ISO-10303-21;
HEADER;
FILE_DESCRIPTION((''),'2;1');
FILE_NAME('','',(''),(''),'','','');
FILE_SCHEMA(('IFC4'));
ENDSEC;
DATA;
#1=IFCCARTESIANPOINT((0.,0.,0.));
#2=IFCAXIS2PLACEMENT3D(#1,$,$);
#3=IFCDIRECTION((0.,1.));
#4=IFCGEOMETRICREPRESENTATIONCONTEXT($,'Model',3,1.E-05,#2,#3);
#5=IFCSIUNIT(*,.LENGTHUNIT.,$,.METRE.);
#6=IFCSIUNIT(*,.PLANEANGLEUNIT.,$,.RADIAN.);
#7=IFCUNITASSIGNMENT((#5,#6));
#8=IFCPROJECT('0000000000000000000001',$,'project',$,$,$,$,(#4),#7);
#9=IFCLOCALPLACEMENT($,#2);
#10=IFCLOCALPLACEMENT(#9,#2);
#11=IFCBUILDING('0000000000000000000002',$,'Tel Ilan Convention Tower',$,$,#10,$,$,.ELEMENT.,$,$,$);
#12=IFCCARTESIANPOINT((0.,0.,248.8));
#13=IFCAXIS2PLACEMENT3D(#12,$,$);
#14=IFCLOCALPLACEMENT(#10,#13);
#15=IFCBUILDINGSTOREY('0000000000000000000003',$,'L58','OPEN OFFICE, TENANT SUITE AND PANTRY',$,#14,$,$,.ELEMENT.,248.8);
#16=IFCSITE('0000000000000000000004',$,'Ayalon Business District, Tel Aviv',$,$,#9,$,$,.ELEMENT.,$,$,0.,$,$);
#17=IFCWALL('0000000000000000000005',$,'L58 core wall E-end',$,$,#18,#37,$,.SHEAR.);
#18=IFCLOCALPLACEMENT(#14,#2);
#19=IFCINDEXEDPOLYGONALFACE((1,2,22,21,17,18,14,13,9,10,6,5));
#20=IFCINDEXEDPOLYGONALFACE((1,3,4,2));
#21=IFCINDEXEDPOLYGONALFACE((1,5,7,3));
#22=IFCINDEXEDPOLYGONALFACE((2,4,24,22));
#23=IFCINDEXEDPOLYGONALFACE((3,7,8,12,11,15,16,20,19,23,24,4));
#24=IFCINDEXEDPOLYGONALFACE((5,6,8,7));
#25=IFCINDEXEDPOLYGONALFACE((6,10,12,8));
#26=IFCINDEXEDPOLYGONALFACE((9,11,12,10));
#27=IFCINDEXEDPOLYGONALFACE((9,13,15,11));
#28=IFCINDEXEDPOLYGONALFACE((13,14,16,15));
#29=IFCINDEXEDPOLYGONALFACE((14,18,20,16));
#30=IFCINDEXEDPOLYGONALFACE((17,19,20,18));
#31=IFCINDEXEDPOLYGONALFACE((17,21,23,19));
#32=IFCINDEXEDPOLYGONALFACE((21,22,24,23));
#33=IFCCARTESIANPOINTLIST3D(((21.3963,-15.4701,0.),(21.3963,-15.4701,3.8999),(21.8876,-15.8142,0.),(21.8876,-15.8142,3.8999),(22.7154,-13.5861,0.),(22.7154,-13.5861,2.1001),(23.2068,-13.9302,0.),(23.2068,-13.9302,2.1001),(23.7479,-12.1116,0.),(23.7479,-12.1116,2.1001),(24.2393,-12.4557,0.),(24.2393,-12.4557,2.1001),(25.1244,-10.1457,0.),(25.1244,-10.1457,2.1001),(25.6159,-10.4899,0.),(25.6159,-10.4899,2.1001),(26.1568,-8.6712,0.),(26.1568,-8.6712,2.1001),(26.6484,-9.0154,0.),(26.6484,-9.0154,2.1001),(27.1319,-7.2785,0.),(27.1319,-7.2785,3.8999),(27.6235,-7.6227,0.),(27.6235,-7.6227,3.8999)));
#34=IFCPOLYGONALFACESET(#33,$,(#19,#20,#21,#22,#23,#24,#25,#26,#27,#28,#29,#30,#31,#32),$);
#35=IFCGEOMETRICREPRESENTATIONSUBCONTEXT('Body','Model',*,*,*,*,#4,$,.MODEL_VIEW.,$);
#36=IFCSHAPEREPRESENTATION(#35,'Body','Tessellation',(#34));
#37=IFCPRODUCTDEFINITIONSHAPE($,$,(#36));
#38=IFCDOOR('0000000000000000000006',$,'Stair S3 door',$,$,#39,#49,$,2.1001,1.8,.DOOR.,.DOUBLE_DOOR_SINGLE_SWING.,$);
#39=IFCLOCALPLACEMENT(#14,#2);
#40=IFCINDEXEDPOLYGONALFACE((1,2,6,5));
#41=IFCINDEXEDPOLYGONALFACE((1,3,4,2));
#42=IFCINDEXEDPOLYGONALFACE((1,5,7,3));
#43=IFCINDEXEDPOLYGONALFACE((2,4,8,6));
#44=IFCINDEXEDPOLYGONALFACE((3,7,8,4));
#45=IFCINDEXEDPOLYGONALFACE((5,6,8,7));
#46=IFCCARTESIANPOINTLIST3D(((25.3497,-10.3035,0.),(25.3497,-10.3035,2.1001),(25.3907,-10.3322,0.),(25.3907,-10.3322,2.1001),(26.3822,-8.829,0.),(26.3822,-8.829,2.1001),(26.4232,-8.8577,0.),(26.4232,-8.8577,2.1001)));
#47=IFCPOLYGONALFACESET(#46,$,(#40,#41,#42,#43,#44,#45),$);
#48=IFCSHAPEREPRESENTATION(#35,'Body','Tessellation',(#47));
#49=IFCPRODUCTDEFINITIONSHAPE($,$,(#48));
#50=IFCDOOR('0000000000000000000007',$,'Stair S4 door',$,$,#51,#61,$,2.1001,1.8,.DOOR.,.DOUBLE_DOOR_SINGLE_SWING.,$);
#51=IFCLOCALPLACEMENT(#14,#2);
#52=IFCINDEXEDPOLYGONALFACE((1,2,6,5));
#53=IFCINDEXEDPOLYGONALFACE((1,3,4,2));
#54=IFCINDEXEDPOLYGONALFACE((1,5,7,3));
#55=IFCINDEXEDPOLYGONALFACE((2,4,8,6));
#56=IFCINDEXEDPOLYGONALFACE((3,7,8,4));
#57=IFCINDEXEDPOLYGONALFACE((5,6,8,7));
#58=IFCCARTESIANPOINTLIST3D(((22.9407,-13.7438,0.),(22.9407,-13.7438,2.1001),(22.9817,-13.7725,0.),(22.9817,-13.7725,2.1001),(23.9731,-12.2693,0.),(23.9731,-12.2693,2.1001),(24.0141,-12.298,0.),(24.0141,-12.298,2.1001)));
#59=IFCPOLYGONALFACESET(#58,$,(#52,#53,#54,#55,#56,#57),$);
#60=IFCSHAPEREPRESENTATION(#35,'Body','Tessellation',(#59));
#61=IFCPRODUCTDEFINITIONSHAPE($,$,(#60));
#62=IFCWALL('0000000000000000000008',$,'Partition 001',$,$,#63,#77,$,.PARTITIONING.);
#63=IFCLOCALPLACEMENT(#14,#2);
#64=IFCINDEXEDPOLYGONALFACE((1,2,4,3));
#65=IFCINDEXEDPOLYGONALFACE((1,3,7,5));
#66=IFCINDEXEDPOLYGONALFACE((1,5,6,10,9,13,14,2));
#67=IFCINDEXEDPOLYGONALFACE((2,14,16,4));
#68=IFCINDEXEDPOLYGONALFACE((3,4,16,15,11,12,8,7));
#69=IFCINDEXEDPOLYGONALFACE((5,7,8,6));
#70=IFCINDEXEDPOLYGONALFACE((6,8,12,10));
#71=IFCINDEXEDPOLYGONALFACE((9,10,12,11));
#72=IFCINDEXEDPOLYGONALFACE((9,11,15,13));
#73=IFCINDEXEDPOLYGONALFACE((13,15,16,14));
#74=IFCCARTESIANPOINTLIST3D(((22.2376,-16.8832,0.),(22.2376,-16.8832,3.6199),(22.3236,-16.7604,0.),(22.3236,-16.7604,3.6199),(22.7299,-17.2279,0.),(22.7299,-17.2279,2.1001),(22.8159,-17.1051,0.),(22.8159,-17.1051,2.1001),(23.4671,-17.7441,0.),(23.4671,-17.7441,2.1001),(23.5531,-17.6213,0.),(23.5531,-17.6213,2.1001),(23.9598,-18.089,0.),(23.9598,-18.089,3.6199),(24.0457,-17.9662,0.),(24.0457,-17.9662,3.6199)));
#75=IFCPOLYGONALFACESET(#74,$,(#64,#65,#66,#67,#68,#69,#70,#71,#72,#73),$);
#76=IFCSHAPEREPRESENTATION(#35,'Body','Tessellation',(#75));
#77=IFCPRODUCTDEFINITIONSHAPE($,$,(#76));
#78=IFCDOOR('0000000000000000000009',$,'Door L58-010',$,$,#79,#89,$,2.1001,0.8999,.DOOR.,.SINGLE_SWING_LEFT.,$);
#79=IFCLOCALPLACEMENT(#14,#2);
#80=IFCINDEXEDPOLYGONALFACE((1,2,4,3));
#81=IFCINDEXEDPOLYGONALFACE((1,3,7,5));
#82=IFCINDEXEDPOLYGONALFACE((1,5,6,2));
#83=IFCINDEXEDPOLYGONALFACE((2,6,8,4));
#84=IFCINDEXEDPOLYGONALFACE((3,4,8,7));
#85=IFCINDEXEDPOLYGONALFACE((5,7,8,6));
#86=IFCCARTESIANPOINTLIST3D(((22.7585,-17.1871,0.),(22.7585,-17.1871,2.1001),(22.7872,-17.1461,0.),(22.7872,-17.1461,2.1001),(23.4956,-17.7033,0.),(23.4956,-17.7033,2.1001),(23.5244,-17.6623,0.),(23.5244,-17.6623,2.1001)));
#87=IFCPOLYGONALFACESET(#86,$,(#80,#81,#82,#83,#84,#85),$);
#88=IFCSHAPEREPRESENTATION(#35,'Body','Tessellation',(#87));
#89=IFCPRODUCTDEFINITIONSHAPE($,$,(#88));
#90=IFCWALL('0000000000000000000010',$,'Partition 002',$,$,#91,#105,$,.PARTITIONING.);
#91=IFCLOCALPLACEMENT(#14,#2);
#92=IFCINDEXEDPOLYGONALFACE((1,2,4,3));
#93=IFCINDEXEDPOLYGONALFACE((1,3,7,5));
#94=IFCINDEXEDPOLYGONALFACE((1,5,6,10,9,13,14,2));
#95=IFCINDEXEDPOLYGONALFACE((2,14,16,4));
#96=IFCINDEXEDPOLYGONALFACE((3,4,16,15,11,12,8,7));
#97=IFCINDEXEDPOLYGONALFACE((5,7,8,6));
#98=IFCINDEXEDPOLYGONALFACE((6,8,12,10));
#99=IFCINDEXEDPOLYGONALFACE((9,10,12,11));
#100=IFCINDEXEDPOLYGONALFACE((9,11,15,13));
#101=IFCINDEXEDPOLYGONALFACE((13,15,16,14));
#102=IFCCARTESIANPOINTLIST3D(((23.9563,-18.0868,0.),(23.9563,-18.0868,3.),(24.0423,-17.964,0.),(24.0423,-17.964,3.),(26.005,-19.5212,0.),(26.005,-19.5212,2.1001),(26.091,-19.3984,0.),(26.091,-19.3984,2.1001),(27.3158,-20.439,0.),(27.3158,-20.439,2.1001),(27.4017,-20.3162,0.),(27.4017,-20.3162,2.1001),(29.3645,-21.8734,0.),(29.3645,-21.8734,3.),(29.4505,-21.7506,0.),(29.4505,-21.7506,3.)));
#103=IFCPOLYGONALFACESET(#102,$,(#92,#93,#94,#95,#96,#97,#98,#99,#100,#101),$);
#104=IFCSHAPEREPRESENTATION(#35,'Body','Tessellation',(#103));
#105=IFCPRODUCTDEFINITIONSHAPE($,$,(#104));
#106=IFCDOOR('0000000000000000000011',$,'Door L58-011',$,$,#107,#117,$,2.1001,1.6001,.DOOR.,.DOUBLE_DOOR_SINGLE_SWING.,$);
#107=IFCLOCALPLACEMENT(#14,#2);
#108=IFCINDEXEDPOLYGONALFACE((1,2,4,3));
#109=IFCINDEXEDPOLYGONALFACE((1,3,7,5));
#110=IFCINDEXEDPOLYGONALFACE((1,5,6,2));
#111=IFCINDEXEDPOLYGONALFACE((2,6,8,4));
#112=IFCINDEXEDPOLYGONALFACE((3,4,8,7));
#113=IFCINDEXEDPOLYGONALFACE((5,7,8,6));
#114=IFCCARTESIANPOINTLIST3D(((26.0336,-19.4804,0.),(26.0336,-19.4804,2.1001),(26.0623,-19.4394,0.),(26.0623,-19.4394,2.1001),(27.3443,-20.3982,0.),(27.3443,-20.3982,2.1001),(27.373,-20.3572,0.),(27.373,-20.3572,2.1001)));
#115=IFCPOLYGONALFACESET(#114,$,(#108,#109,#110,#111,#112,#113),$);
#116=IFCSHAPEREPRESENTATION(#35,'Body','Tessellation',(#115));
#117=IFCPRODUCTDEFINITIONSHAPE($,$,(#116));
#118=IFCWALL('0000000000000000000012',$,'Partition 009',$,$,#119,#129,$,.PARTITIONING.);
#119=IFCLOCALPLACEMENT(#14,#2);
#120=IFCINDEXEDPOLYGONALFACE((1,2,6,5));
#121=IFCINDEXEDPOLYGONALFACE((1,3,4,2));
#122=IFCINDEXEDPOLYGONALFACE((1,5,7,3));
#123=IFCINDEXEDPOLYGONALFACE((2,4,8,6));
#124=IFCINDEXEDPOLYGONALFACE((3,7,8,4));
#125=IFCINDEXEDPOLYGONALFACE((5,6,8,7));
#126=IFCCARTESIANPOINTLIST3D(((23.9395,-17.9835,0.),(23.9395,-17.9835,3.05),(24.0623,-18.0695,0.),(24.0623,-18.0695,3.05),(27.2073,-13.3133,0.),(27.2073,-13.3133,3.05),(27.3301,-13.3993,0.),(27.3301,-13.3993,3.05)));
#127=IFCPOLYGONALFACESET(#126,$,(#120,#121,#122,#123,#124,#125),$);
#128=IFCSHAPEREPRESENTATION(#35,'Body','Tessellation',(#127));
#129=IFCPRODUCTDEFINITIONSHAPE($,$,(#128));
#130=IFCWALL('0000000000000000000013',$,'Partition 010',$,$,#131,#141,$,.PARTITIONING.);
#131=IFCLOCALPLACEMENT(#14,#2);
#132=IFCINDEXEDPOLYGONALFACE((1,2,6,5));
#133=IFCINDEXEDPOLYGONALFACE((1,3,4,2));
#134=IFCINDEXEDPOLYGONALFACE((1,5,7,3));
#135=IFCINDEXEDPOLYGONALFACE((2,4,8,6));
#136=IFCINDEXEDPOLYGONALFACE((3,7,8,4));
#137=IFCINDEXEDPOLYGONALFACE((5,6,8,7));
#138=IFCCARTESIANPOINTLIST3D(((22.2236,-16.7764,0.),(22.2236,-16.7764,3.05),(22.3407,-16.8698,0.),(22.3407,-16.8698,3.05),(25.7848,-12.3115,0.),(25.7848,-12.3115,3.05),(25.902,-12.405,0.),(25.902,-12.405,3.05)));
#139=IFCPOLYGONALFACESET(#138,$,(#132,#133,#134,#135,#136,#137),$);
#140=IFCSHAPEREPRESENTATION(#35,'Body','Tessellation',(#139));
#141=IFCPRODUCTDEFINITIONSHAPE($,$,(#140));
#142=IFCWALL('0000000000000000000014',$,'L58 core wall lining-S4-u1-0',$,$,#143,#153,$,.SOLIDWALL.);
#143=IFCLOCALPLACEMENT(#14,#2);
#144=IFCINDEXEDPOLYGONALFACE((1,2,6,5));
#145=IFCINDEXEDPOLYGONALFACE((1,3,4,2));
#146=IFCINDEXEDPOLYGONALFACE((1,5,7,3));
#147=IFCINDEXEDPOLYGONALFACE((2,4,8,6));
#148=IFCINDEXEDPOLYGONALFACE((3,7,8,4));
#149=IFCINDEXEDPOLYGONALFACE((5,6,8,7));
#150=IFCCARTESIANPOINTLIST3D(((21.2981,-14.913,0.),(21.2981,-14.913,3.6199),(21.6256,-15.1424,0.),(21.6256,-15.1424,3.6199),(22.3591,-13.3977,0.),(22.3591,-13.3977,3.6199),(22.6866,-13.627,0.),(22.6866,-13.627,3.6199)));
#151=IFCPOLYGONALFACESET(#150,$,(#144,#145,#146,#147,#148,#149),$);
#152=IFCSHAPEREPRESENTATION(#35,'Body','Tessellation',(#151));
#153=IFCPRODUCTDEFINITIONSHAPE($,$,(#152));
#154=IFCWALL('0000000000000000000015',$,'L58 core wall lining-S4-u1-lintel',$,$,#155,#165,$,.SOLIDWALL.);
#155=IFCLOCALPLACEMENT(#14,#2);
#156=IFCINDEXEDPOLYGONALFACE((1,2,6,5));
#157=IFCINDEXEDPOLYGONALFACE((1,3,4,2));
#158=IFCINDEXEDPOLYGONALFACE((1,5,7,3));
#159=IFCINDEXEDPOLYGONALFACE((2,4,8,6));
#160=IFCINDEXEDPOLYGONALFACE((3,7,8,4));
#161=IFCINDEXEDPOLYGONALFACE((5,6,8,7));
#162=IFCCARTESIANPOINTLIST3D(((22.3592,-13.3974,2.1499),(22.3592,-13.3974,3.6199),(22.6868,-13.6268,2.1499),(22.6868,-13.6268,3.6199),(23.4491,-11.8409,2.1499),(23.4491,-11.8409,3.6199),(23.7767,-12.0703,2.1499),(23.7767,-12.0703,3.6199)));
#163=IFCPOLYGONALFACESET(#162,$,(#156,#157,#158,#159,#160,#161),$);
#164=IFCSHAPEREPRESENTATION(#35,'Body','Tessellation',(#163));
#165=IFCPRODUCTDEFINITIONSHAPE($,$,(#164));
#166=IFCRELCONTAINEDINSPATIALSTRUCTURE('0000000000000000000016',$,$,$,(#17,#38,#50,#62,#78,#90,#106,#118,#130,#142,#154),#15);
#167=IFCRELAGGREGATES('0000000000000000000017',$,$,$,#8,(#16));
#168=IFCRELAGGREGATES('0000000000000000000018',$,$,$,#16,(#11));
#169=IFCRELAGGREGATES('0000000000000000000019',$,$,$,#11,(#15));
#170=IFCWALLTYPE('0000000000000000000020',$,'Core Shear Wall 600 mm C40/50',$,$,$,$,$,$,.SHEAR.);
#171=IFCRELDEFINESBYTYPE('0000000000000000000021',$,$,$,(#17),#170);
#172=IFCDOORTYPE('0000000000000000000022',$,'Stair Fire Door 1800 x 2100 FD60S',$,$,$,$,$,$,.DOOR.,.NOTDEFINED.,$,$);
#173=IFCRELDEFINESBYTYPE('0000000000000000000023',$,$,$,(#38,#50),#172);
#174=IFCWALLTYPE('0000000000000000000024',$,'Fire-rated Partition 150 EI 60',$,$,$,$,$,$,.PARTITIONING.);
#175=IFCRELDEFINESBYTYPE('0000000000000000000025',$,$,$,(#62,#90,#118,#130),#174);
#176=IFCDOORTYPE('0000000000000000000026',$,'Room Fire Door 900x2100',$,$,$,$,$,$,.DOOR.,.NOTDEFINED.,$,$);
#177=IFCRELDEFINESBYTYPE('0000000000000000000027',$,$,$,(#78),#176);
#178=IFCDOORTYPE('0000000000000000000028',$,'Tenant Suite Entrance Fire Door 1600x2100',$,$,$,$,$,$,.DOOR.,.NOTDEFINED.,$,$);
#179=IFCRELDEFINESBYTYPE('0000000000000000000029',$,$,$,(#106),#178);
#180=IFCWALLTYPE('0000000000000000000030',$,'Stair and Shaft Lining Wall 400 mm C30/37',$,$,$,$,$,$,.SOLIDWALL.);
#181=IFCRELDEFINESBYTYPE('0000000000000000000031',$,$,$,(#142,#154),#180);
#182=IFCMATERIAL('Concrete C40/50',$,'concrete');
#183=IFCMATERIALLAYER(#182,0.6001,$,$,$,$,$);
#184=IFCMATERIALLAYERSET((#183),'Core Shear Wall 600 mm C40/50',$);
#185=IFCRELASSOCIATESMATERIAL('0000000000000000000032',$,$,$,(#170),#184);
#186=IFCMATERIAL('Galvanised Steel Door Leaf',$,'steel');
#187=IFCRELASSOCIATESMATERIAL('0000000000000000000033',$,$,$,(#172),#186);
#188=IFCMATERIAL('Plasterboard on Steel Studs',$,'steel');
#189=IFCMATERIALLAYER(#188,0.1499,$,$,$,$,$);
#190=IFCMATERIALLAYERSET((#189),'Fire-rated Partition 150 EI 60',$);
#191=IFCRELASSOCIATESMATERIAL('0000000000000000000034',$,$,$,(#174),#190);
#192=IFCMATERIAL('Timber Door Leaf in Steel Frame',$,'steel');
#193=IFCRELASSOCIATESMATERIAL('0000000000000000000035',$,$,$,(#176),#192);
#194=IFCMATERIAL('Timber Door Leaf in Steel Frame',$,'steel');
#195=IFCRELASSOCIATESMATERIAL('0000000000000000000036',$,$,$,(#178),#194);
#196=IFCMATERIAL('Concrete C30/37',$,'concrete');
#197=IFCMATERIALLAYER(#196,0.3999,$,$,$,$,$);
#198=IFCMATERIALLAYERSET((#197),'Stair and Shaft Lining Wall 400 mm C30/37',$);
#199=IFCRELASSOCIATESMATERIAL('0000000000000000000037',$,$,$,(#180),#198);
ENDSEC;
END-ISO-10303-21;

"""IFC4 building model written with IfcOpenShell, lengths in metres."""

from ifc_helpers import new_model, si_unit, direction, frame, frame_2d, origin, place, context, subcontext, project, spatial, polyline, rectangle, outline, extrude, material, layer, layer_set, type_object, element, fill, save


model = new_model("IFC4")

# Units and contexts
model_context = context("Model", 3, precision=1e-05, world=origin(), true_north=direction((0.0, 1.0)))
body_context = subcontext(model_context, "Body", "Model", "MODEL_VIEW")
ifc_project = project(units=[si_unit("LENGTHUNIT", "METRE"), si_unit("PLANEANGLEUNIT", "RADIAN")], contexts=[model_context])

# Site, building, storey
site_placement = place(None, origin())
site = spatial("IfcSite", under=ifc_project, at=site_placement, Name="Ayalon Business District, Tel Aviv", CompositionType="ELEMENT", RefElevation=0.0)
building_placement = place(site_placement, origin())
building = spatial("IfcBuilding", under=site, at=building_placement, Name="Tel Ilan Convention Tower", CompositionType="ELEMENT")
storey_placement = place(building_placement, frame((0.0, 0.0, 248.8)))
storey = spatial("IfcBuildingStorey", under=building, at=storey_placement, Name="L58", Description="OPEN OFFICE, TENANT SUITE AND PANTRY", CompositionType="ELEMENT", Elevation=248.8)

# Wall, openings, doors
ifc_material_1 = material(Name="Concrete C40/50", Category="concrete")
ifc_layer_1 = layer(ifc_material_1, 0.6001)
ifc_layer_set_1 = layer_set([ifc_layer_1], Name="Core Shear Wall 600 mm C40/50")
wall_type_1 = type_object("IfcWallType", Name="Core Shear Wall 600 mm C40/50", PredefinedType="SHEAR", material=ifc_layer_set_1)
wall_1_placement = place(storey_placement, frame((21.6418, -15.6421, 0.0), z_axis=(0.0, 0.0, 1.0), x_axis=(0.573587, 0.819145, 0.0)))
wall_1 = element("IfcWall", 1, at=wall_1_placement, inside=storey, type_object=wall_type_1, Name="L58 core wall E-end", PredefinedType="SHEAR", context=body_context, shape_type="SweptSolid", body=[
    extrude(outline(polyline([(10.0, 0.3), (0.0, 0.2998), (0.0, -0.3), (10.0, -0.3), (10.0, 0.3)])), origin(), (0.0, 0.0, 1.0), 3.8999),
])
opening_1_placement = place(wall_1_placement, frame((6.5, 0.0, 0.0)))
opening_1 = element("IfcOpeningElement", 2, at=opening_1_placement, cuts=wall_1, PredefinedType="OPENING", context=body_context, shape_type="SweptSolid", body=[
    extrude(rectangle(XDim=1.8, YDim=2.1001, at=frame_2d((0.8999, 1.05))), frame((0.0, 0.3101, 0.0), z_axis=(0.0, -1.0, 0.0), x_axis=(1.0, 0.0, 0.0)), (0.0, 0.0, 1.0), 0.6201),
])
opening_2_placement = place(wall_1_placement, frame((2.3, 0.0, 0.0)))
opening_2 = element("IfcOpeningElement", 3, at=opening_2_placement, cuts=wall_1, PredefinedType="OPENING", context=body_context, shape_type="SweptSolid", body=[
    extrude(rectangle(XDim=1.8, YDim=2.1001, at=frame_2d((0.8999, 1.05))), frame((0.0, 0.3101, 0.0), z_axis=(0.0, -1.0, 0.0), x_axis=(1.0, 0.0, 0.0)), (0.0, 0.0, 1.0), 0.6201),
])
ifc_material_2 = material(Name="Galvanised Steel Door Leaf", Category="steel")
door_type_1 = type_object("IfcDoorType", Name="Stair Fire Door 1800 x 2100 FD60S", OperationType="NOTDEFINED", PredefinedType="DOOR", material=ifc_material_2)
door_1_placement = place(opening_1_placement, origin())
door_1 = element("IfcDoor", 4, at=door_1_placement, inside=storey, type_object=door_type_1, Name="Stair S3 door", OperationType="DOUBLE_DOOR_SINGLE_SWING", OverallHeight=2.1001, OverallWidth=1.8, PredefinedType="DOOR", context=body_context, shape_type="SweptSolid", body=[
    extrude(rectangle(XDim=1.8, YDim=2.1001, at=frame_2d((0.8999, 1.05))), frame((0.0, 0.0249, 0.0), z_axis=(0.0, -1.0, 0.0), x_axis=(1.0, 0.0, 0.0)), (0.0, 0.0, 1.0), 0.05),
])
fill(opening_1, door_1)
door_2_placement = place(opening_2_placement, origin())
door_2 = element("IfcDoor", 5, at=door_2_placement, inside=storey, type_object=door_type_1, Name="Stair S4 door", OperationType="DOUBLE_DOOR_SINGLE_SWING", OverallHeight=2.1001, OverallWidth=1.8, PredefinedType="DOOR", context=body_context, shape_type="SweptSolid", body=[
    extrude(rectangle(XDim=1.8, YDim=2.1001, at=frame_2d((0.8999, 1.05))), frame((0.0, 0.0249, 0.0), z_axis=(0.0, -1.0, 0.0), x_axis=(1.0, 0.0, 0.0)), (0.0, 0.0, 1.0), 0.05),
])
fill(opening_2, door_2)

# Walls, openings, doors
ifc_material_3 = material(Name="Plasterboard on Steel Studs", Category="steel")
ifc_layer_2 = layer(ifc_material_3, 0.1499)
ifc_layer_set_2 = layer_set([ifc_layer_2], Name="Fire-rated Partition 150 EI 60")
wall_type_2 = type_object("IfcWallType", Name="Fire-rated Partition 150 EI 60", PredefinedType="PARTITIONING", material=ifc_layer_set_2)
wall_2_placement = place(storey_placement, frame((22.2805, -16.8218, 0.0), z_axis=(0.0, 0.0, 1.0), x_axis=(0.819166, -0.573556, 0.0)))
wall_2 = element("IfcWall", 6, at=wall_2_placement, inside=storey, type_object=wall_type_2, Name="Partition 001", PredefinedType="PARTITIONING", context=body_context, shape_type="SweptSolid", body=[
    extrude(rectangle(XDim=2.1023, YDim=0.1499, at=frame_2d((1.0513, 0.0))), origin(), (0.0, 0.0, 1.0), 3.6199),
])
opening_3_placement = place(wall_2_placement, frame((0.6011, 0.0, 0.0)))
opening_3 = element("IfcOpeningElement", 7, at=opening_3_placement, cuts=wall_2, PredefinedType="OPENING", context=body_context, shape_type="SweptSolid", body=[
    extrude(rectangle(XDim=0.8999, YDim=2.1001, at=frame_2d((0.45, 1.05))), frame((0.0, 0.085, 0.0), z_axis=(0.0, -1.0, 0.0), x_axis=(1.0, 0.0, 0.0)), (0.0, 0.0, 1.0), 0.1699),
])
ifc_material_4 = material(Name="Timber Door Leaf in Steel Frame", Category="steel")
door_type_2 = type_object("IfcDoorType", Name="Room Fire Door 900x2100", OperationType="NOTDEFINED", PredefinedType="DOOR", material=ifc_material_4)
door_3_placement = place(opening_3_placement, origin())
door_3 = element("IfcDoor", 8, at=door_3_placement, inside=storey, type_object=door_type_2, Name="Door L58-010", OperationType="SINGLE_SWING_LEFT", OverallHeight=2.1001, OverallWidth=0.8999, PredefinedType="DOOR", context=body_context, shape_type="SweptSolid", body=[
    extrude(rectangle(XDim=0.8999, YDim=2.1001, at=frame_2d((0.45, 1.05))), frame((0.0, 0.0249, 0.0), z_axis=(0.0, -1.0, 0.0), x_axis=(1.0, 0.0, 0.0)), (0.0, 0.0, 1.0), 0.05),
])
fill(opening_3, door_3)
wall_3_placement = place(storey_placement, frame((23.9993, -18.0254, 0.0), z_axis=(0.0, 0.0, 1.0), x_axis=(0.819169, -0.573552, 0.0)))
wall_3 = element("IfcWall", 9, at=wall_3_placement, inside=storey, type_object=wall_type_2, Name="Partition 002", PredefinedType="PARTITIONING", context=body_context, shape_type="SweptSolid", body=[
    extrude(rectangle(XDim=6.6021, YDim=0.1499, at=frame_2d((3.301, 0.0))), origin(), (0.0, 0.0, 1.0), 3.0),
])
opening_4_placement = place(wall_3_placement, frame((2.501, 0.0, 0.0)))
opening_4 = element("IfcOpeningElement", 10, at=opening_4_placement, cuts=wall_3, PredefinedType="OPENING", context=body_context, shape_type="SweptSolid", body=[
    extrude(rectangle(XDim=1.6001, YDim=2.1001, at=frame_2d((0.8, 1.05))), frame((0.0, 0.085, 0.0), z_axis=(0.0, -1.0, 0.0), x_axis=(1.0, 0.0, 0.0)), (0.0, 0.0, 1.0), 0.1699),
])
ifc_material_5 = material(Name="Timber Door Leaf in Steel Frame", Category="steel")
door_type_3 = type_object("IfcDoorType", Name="Tenant Suite Entrance Fire Door 1600x2100", OperationType="NOTDEFINED", PredefinedType="DOOR", material=ifc_material_5)
door_4_placement = place(opening_4_placement, origin())
door_4 = element("IfcDoor", 11, at=door_4_placement, inside=storey, type_object=door_type_3, Name="Door L58-011", OperationType="DOUBLE_DOOR_SINGLE_SWING", OverallHeight=2.1001, OverallWidth=1.6001, PredefinedType="DOOR", context=body_context, shape_type="SweptSolid", body=[
    extrude(rectangle(XDim=1.6001, YDim=2.1001, at=frame_2d((0.8, 1.05))), frame((0.0, 0.0249, 0.0), z_axis=(0.0, -1.0, 0.0), x_axis=(1.0, 0.0, 0.0)), (0.0, 0.0, 1.0), 0.05),
])
fill(opening_4, door_4)

# Walls
wall_4_placement = place(storey_placement, frame((27.2688, -13.3562, 0.0), z_axis=(0.0, 0.0, 1.0), x_axis=(-0.57331, -0.819339, 0.0)))
element("IfcWall", 12, at=wall_4_placement, inside=storey, type_object=wall_type_2, Name="Partition 009", PredefinedType="PARTITIONING", context=body_context, shape_type="SweptSolid", body=[
    extrude(rectangle(XDim=5.7, YDim=0.1499, at=frame_2d((2.8501, 0.0))), origin(), (0.0, 0.0, 1.0), 3.05),
])
wall_5_placement = place(storey_placement, frame((22.2822, -16.823, 0.0), z_axis=(0.0, 0.0, 1.0), x_axis=(0.623563, 0.781773, 0.0)))
element("IfcWall", 13, at=wall_5_placement, inside=storey, type_object=wall_type_2, Name="Partition 010", PredefinedType="PARTITIONING", context=body_context, shape_type="SweptSolid", body=[
    extrude(rectangle(XDim=5.7112, YDim=0.1499, at=frame_2d((2.8555, 0.0))), origin(), (0.0, 0.0, 1.0), 3.05),
])
ifc_material_6 = material(Name="Concrete C30/37", Category="concrete")
ifc_layer_3 = layer(ifc_material_6, 0.3999)
ifc_layer_set_3 = layer_set([ifc_layer_3], Name="Stair and Shaft Lining Wall 400 mm C30/37")
wall_type_3 = type_object("IfcWallType", Name="Stair and Shaft Lining Wall 400 mm C30/37", PredefinedType="SOLIDWALL", material=ifc_layer_set_3)
wall_6_placement = place(storey_placement, frame((21.4619, -15.0276, 0.0), z_axis=(0.0, 0.0, 1.0), x_axis=(0.57356, 0.819164, 0.0)))
element("IfcWall", 14, at=wall_6_placement, inside=storey, type_object=wall_type_3, Name="L58 core wall lining-S4-u1-0", PredefinedType="SOLIDWALL", context=body_context, shape_type="SweptSolid", body=[
    extrude(rectangle(XDim=1.8499, YDim=0.3999, at=frame_2d((0.9248, 0.0))), origin(), (0.0, 0.0, 1.0), 3.6199),
])
wall_7_placement = place(storey_placement, frame((22.5229, -13.5122, 2.1499), z_axis=(0.0, 0.0, 1.0), x_axis=(0.573592, 0.819141, 0.0)))
element("IfcWall", 15, at=wall_7_placement, inside=storey, type_object=wall_type_3, Name="L58 core wall lining-S4-u1-lintel", PredefinedType="SOLIDWALL", context=body_context, shape_type="SweptSolid", body=[
    extrude(rectangle(XDim=1.9001, YDim=0.3999, at=frame_2d((0.9502, 0.0))), origin(), (0.0, 0.0, 1.0), 1.47),
])

save(model, "model.ifc")
